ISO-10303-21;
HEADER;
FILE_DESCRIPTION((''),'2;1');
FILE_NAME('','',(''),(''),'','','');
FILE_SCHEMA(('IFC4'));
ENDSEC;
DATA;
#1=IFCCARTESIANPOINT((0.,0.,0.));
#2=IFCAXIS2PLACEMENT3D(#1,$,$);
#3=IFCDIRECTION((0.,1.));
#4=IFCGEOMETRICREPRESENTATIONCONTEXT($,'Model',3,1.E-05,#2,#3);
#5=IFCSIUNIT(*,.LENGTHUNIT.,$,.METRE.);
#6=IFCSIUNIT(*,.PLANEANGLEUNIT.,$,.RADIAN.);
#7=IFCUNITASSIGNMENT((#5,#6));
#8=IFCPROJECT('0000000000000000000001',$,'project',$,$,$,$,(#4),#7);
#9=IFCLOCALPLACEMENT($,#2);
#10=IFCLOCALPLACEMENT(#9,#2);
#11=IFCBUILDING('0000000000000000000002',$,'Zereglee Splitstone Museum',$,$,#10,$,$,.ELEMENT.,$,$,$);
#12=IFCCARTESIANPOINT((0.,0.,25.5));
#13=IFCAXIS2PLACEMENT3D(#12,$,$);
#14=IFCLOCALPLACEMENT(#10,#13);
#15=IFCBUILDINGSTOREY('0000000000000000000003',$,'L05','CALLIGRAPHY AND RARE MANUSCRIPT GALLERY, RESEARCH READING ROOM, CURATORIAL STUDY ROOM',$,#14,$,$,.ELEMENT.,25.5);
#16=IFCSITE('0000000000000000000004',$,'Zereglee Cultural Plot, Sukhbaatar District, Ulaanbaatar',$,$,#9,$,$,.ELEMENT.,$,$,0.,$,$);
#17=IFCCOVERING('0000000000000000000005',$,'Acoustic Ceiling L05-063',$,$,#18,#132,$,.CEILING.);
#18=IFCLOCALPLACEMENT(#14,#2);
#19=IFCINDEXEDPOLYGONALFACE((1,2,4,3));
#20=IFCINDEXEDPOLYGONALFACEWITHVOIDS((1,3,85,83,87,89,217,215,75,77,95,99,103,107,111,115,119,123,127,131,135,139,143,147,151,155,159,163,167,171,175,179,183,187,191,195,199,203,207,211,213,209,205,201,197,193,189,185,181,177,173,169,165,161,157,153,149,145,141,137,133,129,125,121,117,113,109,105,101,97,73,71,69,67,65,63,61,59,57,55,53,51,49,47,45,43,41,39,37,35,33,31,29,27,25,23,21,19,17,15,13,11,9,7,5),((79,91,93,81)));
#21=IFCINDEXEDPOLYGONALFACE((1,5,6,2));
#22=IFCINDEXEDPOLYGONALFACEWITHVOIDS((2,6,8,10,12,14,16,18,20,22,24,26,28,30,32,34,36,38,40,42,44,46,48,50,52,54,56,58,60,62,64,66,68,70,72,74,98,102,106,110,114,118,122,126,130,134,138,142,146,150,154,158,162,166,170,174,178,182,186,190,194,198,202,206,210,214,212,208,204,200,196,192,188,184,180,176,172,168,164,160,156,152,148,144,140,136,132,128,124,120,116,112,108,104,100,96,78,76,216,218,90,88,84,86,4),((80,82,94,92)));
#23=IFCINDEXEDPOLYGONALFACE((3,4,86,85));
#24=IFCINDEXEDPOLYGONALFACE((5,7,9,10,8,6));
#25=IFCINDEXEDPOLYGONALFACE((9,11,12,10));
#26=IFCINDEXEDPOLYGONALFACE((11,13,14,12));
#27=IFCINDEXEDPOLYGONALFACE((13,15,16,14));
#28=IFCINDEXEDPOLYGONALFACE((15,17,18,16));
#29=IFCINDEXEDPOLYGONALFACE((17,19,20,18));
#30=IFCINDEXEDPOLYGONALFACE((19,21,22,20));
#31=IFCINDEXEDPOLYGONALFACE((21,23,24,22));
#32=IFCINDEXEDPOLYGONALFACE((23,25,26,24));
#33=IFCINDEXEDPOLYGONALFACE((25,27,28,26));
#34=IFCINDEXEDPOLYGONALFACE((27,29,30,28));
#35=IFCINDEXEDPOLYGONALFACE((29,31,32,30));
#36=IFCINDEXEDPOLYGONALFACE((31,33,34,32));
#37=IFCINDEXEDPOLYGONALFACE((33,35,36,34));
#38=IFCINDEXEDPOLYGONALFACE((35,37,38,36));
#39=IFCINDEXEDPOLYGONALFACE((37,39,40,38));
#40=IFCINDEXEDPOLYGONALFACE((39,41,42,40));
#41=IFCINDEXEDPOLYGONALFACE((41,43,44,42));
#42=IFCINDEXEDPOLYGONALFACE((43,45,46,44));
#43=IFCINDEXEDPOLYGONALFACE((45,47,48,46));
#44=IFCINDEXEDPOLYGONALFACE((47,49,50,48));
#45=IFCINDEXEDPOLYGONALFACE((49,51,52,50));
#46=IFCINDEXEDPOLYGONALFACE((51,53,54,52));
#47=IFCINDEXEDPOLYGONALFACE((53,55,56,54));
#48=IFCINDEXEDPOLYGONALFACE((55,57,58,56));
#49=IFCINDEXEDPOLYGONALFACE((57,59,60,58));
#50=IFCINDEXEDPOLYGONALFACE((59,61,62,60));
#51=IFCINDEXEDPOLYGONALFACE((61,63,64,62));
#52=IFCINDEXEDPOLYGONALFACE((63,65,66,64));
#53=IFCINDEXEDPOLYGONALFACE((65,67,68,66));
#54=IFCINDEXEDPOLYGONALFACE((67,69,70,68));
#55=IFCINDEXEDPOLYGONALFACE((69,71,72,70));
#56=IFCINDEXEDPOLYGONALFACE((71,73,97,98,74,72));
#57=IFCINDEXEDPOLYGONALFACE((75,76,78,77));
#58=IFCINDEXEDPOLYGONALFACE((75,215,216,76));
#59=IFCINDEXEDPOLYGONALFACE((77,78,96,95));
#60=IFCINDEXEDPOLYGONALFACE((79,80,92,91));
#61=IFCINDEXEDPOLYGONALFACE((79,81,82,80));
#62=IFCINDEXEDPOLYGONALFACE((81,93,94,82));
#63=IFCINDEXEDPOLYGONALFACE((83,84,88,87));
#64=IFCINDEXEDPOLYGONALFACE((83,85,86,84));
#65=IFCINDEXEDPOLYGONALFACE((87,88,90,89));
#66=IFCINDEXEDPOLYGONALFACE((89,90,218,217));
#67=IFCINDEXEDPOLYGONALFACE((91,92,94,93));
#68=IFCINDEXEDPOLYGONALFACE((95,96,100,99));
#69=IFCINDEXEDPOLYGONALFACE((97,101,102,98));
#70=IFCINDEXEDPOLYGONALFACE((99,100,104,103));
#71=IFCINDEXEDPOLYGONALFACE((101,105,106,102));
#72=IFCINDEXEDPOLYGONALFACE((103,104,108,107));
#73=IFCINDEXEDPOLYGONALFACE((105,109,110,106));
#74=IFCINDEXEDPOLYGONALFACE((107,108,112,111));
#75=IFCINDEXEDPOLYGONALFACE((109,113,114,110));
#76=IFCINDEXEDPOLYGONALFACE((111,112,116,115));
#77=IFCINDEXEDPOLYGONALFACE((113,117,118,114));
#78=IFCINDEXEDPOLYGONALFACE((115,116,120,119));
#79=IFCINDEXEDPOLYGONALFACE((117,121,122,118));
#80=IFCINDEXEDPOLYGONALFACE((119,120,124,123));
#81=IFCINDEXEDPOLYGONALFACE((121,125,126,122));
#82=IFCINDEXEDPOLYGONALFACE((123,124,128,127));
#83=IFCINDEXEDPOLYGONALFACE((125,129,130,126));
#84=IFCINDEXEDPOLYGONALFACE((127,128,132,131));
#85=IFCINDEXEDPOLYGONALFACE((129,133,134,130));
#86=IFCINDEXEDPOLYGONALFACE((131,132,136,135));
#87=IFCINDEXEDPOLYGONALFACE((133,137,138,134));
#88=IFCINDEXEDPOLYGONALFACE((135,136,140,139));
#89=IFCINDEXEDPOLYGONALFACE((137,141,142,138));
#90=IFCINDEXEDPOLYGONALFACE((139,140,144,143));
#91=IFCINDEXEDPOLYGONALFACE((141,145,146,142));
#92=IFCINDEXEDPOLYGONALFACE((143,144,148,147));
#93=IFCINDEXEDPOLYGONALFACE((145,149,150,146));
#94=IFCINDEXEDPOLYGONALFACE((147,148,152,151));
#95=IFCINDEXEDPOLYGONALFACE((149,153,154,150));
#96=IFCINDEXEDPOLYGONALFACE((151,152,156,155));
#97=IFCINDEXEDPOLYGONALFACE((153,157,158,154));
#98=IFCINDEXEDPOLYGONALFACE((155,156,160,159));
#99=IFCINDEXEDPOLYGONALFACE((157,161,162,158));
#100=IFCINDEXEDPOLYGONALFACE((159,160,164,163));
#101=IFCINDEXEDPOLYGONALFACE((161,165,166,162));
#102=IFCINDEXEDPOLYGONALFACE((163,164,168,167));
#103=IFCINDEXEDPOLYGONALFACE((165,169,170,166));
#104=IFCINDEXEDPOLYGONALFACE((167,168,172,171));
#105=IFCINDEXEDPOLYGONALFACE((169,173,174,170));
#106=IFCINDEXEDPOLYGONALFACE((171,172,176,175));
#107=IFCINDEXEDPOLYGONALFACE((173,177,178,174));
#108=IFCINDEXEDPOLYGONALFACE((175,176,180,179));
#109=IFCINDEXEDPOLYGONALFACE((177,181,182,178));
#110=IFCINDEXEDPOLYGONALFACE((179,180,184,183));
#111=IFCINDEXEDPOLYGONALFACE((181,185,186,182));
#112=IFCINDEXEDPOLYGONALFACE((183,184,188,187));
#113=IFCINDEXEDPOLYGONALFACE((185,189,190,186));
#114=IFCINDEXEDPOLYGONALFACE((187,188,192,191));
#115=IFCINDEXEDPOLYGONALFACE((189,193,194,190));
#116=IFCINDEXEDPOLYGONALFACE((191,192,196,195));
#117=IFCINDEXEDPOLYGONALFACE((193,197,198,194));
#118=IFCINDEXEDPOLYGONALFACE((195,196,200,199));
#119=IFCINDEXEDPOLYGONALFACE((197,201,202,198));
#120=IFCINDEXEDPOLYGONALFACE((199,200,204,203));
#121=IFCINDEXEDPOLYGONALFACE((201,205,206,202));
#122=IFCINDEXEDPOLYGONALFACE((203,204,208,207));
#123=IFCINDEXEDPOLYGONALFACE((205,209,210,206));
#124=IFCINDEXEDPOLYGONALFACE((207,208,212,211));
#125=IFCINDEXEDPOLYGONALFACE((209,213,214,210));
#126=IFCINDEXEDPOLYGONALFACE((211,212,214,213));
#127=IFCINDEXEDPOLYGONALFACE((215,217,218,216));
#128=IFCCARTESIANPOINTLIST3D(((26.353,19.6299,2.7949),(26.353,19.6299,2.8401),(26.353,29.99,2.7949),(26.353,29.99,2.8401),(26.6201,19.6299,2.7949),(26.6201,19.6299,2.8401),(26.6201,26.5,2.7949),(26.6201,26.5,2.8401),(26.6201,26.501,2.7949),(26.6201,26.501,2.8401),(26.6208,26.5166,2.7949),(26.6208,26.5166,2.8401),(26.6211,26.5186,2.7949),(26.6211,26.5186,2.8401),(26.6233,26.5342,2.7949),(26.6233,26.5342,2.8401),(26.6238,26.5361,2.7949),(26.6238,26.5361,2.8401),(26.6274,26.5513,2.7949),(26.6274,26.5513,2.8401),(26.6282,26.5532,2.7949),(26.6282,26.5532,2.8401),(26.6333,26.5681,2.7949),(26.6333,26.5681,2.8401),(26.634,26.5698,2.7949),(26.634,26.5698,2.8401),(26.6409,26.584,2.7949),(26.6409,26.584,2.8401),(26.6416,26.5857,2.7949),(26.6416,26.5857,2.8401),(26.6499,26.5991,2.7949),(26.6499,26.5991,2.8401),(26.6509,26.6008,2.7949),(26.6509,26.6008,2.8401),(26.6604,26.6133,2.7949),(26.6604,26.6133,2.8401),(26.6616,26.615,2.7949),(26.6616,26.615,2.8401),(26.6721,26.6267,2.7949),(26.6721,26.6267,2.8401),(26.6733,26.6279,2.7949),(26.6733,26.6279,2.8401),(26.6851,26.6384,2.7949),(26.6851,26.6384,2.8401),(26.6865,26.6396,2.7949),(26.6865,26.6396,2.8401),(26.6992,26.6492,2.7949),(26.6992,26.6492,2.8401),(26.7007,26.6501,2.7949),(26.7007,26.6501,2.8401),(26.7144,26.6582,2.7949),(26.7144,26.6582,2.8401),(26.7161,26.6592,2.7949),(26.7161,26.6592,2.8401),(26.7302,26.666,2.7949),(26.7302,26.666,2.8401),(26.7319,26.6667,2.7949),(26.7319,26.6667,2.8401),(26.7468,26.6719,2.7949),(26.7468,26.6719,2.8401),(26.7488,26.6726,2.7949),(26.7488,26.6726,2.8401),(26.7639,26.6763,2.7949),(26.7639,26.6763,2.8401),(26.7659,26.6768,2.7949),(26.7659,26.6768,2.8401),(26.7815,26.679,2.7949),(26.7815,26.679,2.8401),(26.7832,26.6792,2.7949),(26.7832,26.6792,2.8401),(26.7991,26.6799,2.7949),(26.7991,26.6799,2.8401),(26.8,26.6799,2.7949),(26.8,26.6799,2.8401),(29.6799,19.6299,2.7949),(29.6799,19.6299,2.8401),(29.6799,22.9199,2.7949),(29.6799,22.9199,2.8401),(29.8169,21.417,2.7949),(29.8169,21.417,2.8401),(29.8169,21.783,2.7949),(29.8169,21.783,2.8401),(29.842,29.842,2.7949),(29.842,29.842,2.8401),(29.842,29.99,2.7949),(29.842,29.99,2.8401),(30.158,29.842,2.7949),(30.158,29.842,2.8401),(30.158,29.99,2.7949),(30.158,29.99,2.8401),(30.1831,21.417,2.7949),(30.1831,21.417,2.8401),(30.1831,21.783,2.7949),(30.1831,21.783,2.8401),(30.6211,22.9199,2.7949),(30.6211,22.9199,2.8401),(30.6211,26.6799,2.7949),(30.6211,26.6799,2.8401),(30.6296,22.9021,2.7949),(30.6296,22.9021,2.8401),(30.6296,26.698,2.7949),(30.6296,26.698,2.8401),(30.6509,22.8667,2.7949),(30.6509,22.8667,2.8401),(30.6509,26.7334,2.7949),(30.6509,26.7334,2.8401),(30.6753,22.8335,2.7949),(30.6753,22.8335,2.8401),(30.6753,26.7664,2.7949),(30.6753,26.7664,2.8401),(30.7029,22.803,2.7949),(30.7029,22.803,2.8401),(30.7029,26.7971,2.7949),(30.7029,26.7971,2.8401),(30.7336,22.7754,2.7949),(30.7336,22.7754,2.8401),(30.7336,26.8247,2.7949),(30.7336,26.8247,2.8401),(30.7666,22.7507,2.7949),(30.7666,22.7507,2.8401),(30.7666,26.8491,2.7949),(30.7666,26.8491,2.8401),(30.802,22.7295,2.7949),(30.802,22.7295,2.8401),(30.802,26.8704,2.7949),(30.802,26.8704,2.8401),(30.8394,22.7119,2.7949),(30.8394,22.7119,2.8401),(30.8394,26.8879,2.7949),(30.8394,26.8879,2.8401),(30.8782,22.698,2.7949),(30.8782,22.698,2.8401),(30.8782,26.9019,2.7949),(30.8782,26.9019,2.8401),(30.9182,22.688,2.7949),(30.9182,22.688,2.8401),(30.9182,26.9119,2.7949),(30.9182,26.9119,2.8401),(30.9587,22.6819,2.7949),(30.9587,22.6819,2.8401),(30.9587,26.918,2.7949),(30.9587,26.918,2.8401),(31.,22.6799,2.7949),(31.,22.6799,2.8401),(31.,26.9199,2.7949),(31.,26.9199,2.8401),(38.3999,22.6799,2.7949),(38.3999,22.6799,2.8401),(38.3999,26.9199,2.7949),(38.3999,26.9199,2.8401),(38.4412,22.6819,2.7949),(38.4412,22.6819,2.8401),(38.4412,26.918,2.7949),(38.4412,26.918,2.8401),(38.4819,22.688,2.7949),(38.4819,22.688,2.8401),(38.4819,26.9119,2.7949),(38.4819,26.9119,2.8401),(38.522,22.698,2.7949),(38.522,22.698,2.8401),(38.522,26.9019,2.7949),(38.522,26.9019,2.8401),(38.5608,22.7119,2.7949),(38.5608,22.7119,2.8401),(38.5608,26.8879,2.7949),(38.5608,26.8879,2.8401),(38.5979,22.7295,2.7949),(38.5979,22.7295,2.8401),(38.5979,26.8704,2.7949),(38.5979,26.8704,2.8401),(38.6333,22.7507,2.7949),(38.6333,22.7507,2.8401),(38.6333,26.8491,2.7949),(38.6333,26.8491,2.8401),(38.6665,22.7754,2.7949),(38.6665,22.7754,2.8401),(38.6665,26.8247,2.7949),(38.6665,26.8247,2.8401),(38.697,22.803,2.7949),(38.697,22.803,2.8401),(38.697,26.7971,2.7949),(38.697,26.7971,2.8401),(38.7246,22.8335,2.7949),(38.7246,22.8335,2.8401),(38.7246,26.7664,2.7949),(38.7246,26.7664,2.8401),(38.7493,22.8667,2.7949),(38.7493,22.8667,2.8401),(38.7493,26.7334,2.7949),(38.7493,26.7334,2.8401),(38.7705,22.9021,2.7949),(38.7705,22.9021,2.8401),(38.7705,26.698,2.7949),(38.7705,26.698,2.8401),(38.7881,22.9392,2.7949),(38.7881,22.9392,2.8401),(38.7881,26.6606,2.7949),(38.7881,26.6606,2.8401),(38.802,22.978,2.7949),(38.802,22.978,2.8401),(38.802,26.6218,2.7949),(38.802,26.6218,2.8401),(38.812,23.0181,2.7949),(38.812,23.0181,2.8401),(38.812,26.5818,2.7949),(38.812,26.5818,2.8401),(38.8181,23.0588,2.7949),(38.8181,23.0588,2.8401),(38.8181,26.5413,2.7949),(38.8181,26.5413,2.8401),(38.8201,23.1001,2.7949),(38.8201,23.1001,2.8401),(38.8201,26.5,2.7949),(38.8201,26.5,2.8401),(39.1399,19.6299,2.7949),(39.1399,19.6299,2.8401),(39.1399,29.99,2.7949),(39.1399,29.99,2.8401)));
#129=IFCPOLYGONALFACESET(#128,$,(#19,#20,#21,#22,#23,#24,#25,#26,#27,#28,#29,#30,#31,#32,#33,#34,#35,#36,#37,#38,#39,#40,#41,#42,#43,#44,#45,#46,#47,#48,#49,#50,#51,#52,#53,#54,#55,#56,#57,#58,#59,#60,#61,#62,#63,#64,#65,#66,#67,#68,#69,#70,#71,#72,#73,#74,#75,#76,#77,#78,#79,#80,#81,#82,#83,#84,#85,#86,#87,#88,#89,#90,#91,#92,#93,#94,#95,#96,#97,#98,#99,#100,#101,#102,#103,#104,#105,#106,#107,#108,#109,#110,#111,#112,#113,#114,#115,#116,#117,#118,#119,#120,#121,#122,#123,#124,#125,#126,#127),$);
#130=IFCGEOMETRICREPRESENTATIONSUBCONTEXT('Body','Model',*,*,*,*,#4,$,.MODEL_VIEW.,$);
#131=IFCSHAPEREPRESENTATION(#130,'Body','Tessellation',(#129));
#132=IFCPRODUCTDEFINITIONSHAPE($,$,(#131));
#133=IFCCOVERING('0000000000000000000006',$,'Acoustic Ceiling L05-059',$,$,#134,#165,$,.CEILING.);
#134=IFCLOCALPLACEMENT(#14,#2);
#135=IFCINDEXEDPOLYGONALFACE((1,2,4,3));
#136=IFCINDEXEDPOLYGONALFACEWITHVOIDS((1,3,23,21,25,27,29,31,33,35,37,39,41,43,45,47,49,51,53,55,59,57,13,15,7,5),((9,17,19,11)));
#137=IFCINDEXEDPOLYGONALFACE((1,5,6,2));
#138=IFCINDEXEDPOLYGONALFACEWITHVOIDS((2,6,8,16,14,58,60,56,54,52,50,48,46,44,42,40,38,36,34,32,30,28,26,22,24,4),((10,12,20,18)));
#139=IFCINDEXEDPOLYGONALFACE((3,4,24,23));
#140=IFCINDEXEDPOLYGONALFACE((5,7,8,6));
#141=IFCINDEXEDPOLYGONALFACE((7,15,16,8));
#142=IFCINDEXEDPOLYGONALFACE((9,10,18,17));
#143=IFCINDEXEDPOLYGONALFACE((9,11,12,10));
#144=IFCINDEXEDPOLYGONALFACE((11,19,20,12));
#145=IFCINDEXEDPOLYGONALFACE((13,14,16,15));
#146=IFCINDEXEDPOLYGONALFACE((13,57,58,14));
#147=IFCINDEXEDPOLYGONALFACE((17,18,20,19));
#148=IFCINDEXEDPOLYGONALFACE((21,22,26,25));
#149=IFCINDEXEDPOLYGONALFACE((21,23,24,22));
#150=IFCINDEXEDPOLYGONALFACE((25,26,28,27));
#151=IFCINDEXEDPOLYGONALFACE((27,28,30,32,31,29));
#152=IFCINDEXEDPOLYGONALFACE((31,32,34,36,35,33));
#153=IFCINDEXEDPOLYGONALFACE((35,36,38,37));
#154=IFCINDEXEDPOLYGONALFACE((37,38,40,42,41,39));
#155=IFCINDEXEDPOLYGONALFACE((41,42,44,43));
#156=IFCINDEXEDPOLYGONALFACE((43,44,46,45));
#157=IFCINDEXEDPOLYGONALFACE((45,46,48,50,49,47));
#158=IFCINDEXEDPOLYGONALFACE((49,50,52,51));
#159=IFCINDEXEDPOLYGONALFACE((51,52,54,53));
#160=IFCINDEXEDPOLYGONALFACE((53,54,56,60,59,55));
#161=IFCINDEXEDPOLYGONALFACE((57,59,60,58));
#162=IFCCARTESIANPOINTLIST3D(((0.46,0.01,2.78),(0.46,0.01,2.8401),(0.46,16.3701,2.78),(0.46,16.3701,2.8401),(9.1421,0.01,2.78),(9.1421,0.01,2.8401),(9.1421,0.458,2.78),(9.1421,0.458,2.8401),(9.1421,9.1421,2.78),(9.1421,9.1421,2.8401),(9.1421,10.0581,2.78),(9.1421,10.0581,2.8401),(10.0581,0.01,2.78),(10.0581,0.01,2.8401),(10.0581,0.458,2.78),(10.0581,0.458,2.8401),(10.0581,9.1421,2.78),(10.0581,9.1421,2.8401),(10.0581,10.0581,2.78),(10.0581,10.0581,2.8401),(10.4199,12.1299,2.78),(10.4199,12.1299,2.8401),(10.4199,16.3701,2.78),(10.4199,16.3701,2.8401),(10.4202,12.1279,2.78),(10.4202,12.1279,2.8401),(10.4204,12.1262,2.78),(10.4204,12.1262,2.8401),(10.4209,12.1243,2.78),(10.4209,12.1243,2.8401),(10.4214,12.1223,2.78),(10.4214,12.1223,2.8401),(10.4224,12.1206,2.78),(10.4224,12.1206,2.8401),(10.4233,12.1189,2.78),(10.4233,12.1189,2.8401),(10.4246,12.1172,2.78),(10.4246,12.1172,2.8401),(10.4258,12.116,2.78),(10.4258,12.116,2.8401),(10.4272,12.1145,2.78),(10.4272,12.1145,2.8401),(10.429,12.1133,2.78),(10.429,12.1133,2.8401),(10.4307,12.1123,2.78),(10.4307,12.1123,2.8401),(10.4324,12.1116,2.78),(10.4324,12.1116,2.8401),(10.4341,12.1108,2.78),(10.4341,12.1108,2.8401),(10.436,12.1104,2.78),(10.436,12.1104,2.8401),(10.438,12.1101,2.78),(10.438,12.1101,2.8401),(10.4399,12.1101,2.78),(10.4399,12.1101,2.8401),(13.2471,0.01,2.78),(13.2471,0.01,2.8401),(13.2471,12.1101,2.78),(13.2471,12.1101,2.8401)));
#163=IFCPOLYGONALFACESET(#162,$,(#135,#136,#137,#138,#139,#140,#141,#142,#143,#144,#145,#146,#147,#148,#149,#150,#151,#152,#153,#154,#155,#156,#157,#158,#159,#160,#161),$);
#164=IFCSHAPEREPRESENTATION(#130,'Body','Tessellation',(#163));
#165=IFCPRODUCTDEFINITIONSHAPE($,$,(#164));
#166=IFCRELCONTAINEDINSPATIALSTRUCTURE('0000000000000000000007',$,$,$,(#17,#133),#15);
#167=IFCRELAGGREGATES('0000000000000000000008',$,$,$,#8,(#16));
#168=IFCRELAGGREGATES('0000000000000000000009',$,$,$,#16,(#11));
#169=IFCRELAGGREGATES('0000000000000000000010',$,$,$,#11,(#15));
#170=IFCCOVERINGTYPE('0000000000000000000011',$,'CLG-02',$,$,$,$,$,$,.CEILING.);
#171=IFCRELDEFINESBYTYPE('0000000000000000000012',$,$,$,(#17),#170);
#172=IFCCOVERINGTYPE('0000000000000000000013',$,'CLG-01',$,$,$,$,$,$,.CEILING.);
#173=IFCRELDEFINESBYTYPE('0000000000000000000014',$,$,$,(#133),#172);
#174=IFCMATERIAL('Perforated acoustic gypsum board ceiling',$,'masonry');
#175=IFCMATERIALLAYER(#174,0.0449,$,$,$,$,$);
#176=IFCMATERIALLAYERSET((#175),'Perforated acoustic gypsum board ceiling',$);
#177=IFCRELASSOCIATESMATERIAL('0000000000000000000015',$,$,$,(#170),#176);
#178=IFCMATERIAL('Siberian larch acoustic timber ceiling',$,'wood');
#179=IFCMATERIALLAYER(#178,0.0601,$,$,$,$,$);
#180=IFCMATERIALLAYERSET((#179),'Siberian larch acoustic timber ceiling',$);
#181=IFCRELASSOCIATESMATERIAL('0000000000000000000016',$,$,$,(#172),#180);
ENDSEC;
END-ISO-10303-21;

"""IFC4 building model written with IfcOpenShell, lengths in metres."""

from ifc_helpers import new_model, si_unit, direction, frame, origin, place, context, subcontext, project, spatial, polyline, outline, extrude, material, layer, layer_set, type_object, element, save


model = new_model("IFC4")

# Units and contexts
model_context = context("Model", 3, precision=1e-05, world=origin(), true_north=direction((0.0, 1.0)))
body_context = subcontext(model_context, "Body", "Model", "MODEL_VIEW")
ifc_project = project(units=[si_unit("LENGTHUNIT", "METRE"), si_unit("PLANEANGLEUNIT", "RADIAN")], contexts=[model_context])

# Site, building, storey
site_placement = place(None, origin())
site = spatial("IfcSite", under=ifc_project, at=site_placement, Name="Zereglee Cultural Plot, Sukhbaatar District, Ulaanbaatar", CompositionType="ELEMENT", RefElevation=0.0)
building_placement = place(site_placement, origin())
building = spatial("IfcBuilding", under=site, at=building_placement, Name="Zereglee Splitstone Museum", CompositionType="ELEMENT")
storey_placement = place(building_placement, frame((0.0, 0.0, 25.5)))
storey = spatial("IfcBuildingStorey", under=building, at=storey_placement, Name="L05", Description="CALLIGRAPHY AND RARE MANUSCRIPT GALLERY, RESEARCH READING ROOM, CURATORIAL STUDY ROOM", CompositionType="ELEMENT", Elevation=25.5)

# Coverings
ifc_material_1 = material(Name="Perforated acoustic gypsum board ceiling", Category="masonry")
ifc_layer_1 = layer(ifc_material_1, 0.0449)
ifc_layer_set_1 = layer_set([ifc_layer_1], Name="Perforated acoustic gypsum board ceiling")
covering_type_1 = type_object("IfcCoveringType", Name="CLG-02", PredefinedType="CEILING", material=ifc_layer_set_1)
covering_1_placement = place(storey_placement, frame((0.0, 0.0, 2.7949)))
element("IfcCovering", 1, at=covering_1_placement, inside=storey, type_object=covering_type_1, Name="Acoustic Ceiling L05-063", PredefinedType="CEILING", context=body_context, shape_type="SweptSolid", body=[
    extrude(outline(polyline([(26.7991, 26.6799), (26.7832, 26.6792), (26.7815, 26.679), (26.7659, 26.6768), (26.7639, 26.6763), (26.7488, 26.6726), (26.7468, 26.6719), (26.7319, 26.6667), (26.7302, 26.666), (26.7161, 26.6592), (26.7144, 26.6582), (26.7007, 26.6501), (26.6992, 26.6492), (26.6865, 26.6396), (26.6851, 26.6384), (26.6733, 26.6279), (26.6721, 26.6267), (26.6616, 26.615), (26.6604, 26.6133), (26.6509, 26.6008), (26.6499, 26.5991), (26.6416, 26.5857), (26.6409, 26.584), (26.634, 26.5698), (26.6333, 26.5681), (26.6282, 26.5532), (26.6274, 26.5513), (26.6238, 26.5361), (26.6233, 26.5342), (26.6211, 26.5186), (26.6208, 26.5166), (26.6201, 26.501), (26.6201, 26.5), (26.6201, 19.6299), (26.353, 19.6299), (26.353, 29.99), (29.842, 29.99), (29.842, 29.842), (30.158, 29.842), (30.158, 29.99), (39.1399, 29.99), (39.1399, 19.6299), (29.6799, 19.6299), (29.6799, 22.9199), (30.6211, 22.9199), (30.6296, 22.9021), (30.6509, 22.8667), (30.6753, 22.8335), (30.7029, 22.803), (30.7336, 22.7754), (30.7666, 22.7507), (30.802, 22.7295), (30.8394, 22.7119), (30.8782, 22.698), (30.9182, 22.688), (30.9587, 22.6819), (31.0, 22.6799), (38.3999, 22.6799), (38.4412, 22.6819), (38.4819, 22.688), (38.522, 22.698), (38.5608, 22.7119), (38.5979, 22.7295), (38.6333, 22.7507), (38.6665, 22.7754), (38.697, 22.803), (38.7246, 22.8335), (38.7493, 22.8667), (38.7705, 22.9021), (38.7881, 22.9392), (38.802, 22.978), (38.812, 23.0181), (38.8181, 23.0588), (38.8201, 23.1001), (38.8201, 26.5), (38.8181, 26.5413), (38.812, 26.5818), (38.802, 26.6218), (38.7881, 26.6606), (38.7705, 26.698), (38.7493, 26.7334), (38.7246, 26.7664), (38.697, 26.7971), (38.6665, 26.8247), (38.6333, 26.8491), (38.5979, 26.8704), (38.5608, 26.8879), (38.522, 26.9019), (38.4819, 26.9119), (38.4412, 26.918), (38.3999, 26.9199), (31.0, 26.9199), (30.9587, 26.918), (30.9182, 26.9119), (30.8782, 26.9019), (30.8394, 26.8879), (30.802, 26.8704), (30.7666, 26.8491), (30.7336, 26.8247), (30.7029, 26.7971), (30.6753, 26.7664), (30.6509, 26.7334), (30.6296, 26.698), (30.6211, 26.6799), (26.8, 26.6799), (26.7991, 26.6799)]), holes=[polyline([(30.1831, 21.783), (29.8169, 21.783), (29.8169, 21.417), (30.1831, 21.417), (30.1831, 21.783)])]), origin(), (0.0, 0.0, 1.0), 0.0452),
])
ifc_material_2 = material(Name="Siberian larch acoustic timber ceiling", Category="wood")
ifc_layer_2 = layer(ifc_material_2, 0.0601)
ifc_layer_set_2 = layer_set([ifc_layer_2], Name="Siberian larch acoustic timber ceiling")
covering_type_2 = type_object("IfcCoveringType", Name="CLG-01", PredefinedType="CEILING", material=ifc_layer_set_2)
covering_2_placement = place(storey_placement, frame((0.0, 0.0, 2.78)))
element("IfcCovering", 2, at=covering_2_placement, inside=storey, type_object=covering_type_2, Name="Acoustic Ceiling L05-059", PredefinedType="CEILING", context=body_context, shape_type="SweptSolid", body=[
    extrude(outline(polyline([(0.46, 16.3701), (10.4199, 16.3701), (10.4199, 12.1299), (10.4202, 12.1279), (10.4204, 12.1262), (10.4209, 12.1243), (10.4214, 12.1223), (10.4224, 12.1206), (10.4233, 12.1189), (10.4246, 12.1172), (10.4258, 12.116), (10.4272, 12.1145), (10.429, 12.1133), (10.4307, 12.1123), (10.4324, 12.1116), (10.4341, 12.1108), (10.436, 12.1104), (10.438, 12.1101), (10.4399, 12.1101), (13.2471, 12.1101), (13.2471, 0.01), (10.0581, 0.01), (10.0581, 0.458), (9.1421, 0.458), (9.1421, 0.01), (0.46, 0.01), (0.46, 16.3701)]), holes=[polyline([(10.0581, 10.0581), (9.1421, 10.0581), (9.1421, 9.1421), (10.0581, 9.1421), (10.0581, 10.0581)])]), origin(), (0.0, 0.0, 1.0), 0.0601),
])

save(model, "model.ifc")
